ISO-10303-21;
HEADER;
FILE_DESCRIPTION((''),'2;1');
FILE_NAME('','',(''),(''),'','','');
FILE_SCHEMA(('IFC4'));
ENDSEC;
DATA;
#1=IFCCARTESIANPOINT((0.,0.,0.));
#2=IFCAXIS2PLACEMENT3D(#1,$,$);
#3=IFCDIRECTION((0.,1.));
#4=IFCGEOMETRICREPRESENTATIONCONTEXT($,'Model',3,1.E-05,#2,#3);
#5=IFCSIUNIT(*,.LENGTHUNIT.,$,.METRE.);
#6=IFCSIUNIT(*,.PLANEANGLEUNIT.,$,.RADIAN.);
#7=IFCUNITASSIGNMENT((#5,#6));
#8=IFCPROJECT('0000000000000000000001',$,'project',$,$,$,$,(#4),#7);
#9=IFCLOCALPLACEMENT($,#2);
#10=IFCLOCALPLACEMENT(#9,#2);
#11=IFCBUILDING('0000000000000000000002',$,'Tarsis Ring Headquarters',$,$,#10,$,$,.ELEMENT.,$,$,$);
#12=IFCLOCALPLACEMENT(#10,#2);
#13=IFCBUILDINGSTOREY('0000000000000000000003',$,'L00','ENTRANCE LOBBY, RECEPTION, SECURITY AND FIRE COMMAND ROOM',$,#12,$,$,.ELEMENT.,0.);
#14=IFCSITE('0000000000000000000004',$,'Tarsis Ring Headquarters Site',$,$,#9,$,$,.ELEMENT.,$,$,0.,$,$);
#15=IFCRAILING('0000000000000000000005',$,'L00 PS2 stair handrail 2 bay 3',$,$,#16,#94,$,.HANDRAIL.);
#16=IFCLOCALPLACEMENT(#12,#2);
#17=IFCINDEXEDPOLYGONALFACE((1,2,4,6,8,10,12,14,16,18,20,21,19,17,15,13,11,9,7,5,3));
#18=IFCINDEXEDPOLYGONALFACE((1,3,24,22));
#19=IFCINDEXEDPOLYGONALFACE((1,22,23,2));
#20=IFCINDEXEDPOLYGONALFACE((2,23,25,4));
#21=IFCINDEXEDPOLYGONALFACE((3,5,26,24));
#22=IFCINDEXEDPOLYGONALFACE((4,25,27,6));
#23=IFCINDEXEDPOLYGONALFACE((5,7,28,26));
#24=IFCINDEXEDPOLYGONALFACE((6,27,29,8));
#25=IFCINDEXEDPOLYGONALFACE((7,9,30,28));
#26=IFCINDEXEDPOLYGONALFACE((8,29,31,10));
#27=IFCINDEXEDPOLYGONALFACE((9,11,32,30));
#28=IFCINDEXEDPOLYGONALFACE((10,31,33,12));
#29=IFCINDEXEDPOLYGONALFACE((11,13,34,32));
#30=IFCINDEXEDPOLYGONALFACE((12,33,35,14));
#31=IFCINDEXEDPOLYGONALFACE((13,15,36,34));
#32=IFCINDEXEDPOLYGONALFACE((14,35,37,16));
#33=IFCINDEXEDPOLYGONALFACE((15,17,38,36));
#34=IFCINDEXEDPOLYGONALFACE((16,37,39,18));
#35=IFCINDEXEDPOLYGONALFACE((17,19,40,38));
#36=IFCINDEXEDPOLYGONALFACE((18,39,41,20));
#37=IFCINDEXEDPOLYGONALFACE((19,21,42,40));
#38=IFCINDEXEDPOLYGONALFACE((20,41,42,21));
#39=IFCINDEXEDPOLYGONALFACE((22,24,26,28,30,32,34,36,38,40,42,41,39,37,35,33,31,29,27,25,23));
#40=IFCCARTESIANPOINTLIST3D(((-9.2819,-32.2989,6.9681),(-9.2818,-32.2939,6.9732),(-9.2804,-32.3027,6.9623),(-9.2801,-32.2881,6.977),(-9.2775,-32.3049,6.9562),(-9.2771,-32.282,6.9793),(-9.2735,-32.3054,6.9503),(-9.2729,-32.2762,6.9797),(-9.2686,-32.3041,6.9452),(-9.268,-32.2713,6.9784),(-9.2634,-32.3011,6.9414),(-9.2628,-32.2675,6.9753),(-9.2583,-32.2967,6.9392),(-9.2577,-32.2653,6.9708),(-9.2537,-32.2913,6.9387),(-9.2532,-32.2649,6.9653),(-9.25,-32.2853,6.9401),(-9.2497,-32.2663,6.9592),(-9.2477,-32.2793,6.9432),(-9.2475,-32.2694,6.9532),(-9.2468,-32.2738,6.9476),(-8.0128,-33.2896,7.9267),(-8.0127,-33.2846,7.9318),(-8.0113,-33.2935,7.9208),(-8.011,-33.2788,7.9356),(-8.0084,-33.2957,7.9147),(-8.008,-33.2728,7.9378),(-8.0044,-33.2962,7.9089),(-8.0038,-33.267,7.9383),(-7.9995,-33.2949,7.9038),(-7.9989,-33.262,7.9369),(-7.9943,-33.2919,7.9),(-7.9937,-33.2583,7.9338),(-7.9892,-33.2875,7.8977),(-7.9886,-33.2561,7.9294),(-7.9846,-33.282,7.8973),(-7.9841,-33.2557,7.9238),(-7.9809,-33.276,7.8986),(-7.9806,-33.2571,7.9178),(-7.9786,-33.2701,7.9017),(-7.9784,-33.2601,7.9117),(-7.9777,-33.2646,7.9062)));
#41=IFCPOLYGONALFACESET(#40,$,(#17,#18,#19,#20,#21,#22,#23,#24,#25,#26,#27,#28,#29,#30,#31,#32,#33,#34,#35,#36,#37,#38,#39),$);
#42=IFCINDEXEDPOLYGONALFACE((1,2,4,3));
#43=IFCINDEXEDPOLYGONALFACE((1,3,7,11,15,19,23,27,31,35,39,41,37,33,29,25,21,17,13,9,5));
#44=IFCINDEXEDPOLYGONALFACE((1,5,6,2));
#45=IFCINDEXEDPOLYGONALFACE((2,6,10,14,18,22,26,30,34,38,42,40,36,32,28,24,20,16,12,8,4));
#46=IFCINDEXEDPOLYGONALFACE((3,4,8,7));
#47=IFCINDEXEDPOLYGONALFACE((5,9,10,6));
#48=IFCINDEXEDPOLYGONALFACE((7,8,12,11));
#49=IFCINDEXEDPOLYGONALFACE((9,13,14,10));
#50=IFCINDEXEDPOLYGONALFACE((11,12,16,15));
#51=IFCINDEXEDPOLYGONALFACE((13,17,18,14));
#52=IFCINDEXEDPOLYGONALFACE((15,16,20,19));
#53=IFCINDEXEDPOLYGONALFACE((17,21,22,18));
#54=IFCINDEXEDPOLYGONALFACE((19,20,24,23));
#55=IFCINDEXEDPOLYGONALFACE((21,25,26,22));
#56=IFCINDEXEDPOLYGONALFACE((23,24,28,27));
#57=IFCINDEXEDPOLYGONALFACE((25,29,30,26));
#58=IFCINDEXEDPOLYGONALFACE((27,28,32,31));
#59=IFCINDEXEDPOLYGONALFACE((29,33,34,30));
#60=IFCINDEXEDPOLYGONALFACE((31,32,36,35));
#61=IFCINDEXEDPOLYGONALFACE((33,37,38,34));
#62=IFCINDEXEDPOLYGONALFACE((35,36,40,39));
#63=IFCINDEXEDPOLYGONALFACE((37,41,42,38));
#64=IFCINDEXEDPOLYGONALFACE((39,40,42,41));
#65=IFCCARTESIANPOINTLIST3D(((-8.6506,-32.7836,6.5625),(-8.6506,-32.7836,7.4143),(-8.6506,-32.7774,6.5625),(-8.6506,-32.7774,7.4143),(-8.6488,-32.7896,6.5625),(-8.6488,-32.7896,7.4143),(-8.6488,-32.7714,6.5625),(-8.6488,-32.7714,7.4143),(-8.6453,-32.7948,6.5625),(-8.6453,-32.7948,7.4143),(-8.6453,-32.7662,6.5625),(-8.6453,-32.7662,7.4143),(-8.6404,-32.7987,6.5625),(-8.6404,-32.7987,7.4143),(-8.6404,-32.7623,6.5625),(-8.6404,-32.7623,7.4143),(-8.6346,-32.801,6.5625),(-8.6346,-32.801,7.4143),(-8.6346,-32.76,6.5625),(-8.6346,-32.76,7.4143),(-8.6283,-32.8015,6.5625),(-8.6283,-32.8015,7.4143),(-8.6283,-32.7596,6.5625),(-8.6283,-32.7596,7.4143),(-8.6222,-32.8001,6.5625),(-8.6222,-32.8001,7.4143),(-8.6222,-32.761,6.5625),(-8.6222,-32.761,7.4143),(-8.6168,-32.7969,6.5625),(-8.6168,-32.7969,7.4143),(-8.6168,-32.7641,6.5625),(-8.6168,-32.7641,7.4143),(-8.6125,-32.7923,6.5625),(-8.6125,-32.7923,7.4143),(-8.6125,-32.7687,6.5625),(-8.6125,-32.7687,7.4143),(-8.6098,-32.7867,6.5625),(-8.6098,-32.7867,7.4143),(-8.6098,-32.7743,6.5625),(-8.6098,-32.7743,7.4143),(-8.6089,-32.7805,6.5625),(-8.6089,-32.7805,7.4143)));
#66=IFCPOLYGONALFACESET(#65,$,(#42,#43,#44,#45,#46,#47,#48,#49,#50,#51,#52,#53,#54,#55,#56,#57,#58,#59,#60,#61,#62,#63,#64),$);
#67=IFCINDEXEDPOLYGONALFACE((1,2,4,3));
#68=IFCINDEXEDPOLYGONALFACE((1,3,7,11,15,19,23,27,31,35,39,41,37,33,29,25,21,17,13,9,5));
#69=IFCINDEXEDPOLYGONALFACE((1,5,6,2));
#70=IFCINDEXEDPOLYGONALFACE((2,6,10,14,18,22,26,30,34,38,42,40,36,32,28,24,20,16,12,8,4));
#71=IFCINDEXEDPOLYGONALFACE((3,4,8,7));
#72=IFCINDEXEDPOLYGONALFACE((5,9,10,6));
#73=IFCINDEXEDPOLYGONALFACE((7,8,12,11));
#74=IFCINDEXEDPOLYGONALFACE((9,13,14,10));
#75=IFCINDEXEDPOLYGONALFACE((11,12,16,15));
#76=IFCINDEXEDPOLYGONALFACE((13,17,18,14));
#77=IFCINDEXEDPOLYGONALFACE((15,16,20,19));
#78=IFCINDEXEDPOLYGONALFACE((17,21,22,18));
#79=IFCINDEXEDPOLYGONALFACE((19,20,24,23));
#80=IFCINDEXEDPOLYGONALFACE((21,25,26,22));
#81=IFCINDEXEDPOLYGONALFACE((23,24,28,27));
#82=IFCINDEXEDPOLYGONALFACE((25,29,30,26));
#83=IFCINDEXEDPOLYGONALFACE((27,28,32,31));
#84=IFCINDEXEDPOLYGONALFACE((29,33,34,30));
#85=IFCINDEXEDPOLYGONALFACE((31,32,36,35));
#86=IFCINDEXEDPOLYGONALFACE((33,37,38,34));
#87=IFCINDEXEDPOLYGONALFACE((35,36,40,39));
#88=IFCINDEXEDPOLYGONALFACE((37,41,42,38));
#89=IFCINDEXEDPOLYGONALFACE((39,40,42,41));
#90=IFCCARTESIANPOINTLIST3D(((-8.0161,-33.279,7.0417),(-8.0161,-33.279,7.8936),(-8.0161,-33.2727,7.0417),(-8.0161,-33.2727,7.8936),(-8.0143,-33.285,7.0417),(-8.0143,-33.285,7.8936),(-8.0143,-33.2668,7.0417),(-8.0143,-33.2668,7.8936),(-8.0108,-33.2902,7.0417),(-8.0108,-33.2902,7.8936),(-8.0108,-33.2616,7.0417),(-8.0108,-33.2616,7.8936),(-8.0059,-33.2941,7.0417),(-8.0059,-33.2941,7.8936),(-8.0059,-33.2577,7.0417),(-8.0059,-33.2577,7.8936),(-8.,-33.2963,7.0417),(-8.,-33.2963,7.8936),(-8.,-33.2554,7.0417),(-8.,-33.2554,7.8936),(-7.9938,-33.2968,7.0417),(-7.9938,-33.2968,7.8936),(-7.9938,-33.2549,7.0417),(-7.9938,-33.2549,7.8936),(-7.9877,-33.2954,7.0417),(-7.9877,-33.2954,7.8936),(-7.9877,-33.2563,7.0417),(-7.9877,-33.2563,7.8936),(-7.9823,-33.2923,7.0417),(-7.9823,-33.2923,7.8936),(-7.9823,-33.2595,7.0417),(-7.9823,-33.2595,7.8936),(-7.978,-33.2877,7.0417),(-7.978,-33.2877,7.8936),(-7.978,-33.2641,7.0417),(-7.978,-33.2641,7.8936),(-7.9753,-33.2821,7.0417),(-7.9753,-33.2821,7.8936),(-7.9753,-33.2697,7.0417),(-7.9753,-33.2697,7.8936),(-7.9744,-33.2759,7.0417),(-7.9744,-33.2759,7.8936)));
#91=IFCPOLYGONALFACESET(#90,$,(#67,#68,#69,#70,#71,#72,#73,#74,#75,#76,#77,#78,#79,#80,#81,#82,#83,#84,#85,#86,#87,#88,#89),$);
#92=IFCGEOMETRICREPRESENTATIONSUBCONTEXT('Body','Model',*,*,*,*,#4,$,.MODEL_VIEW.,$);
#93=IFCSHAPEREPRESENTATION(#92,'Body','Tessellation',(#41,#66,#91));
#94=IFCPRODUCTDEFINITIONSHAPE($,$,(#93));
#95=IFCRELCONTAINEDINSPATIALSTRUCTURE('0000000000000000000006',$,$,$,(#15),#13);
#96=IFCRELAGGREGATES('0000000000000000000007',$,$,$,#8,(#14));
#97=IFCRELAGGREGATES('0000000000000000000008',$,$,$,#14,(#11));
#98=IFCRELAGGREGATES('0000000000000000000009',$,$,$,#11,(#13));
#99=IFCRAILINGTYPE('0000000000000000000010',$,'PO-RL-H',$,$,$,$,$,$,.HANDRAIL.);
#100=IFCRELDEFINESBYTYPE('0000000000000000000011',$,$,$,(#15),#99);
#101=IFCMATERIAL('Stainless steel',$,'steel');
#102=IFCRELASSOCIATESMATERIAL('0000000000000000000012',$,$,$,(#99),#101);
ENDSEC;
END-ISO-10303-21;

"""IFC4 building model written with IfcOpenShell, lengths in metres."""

from ifc_helpers import new_model, si_unit, direction, frame, origin, origin_2d, place, context, subcontext, project, spatial, circle, extrude, material, type_object, element, save


model = new_model("IFC4")

# Units and contexts
model_context = context("Model", 3, precision=1e-05, world=origin(), true_north=direction((0.0, 1.0)))
body_context = subcontext(model_context, "Body", "Model", "MODEL_VIEW")
ifc_project = project(units=[si_unit("LENGTHUNIT", "METRE"), si_unit("PLANEANGLEUNIT", "RADIAN")], contexts=[model_context])

# Site, building, storey
site_placement = place(None, origin())
site = spatial("IfcSite", under=ifc_project, at=site_placement, Name="Tarsis Ring Headquarters Site", CompositionType="ELEMENT", RefElevation=0.0)
building_placement = place(site_placement, origin())
building = spatial("IfcBuilding", under=site, at=building_placement, Name="Tarsis Ring Headquarters", CompositionType="ELEMENT")
storey_placement = place(building_placement, origin())
storey = spatial("IfcBuildingStorey", under=building, at=storey_placement, Name="L00", Description="ENTRANCE LOBBY, RECEPTION, SECURITY AND FIRE COMMAND ROOM", CompositionType="ELEMENT", Elevation=0.0)

# Railing
ifc_material_1 = material(Name="Stainless steel", Category="steel")
railing_type_1 = type_object("IfcRailingType", Name="PO-RL-H", PredefinedType="HANDRAIL", material=ifc_material_1)
railing_1_placement = place(storey_placement, frame((-9.2644, -32.2852, 6.0833)))
element("IfcRailing", 1, at=railing_1_placement, inside=storey, type_object=railing_type_1, Name="L00 PS2 stair handrail 2 bay 3", PredefinedType="HANDRAIL", context=body_context, shape_type="SweptSolid", body=[
    extrude(circle(Radius=0.0239, at=origin_2d()), frame((0.0, 0.0, 0.876), z_axis=(0.677296, -0.528755, 0.511555), x_axis=(0.615367, 0.78824, 0.0)), (0.0, 0.0, 1.0), 1.8738),
    extrude(circle(Radius=0.021, at=origin_2d()), frame((0.6345, -0.4954, 0.4792)), (0.0, 0.0, 1.0), 0.8518),
    extrude(circle(Radius=0.021, at=origin_2d()), frame((1.269, -0.9907, 0.9585)), (0.0, 0.0, 1.0), 0.8518),
])

save(model, "model.ifc")
